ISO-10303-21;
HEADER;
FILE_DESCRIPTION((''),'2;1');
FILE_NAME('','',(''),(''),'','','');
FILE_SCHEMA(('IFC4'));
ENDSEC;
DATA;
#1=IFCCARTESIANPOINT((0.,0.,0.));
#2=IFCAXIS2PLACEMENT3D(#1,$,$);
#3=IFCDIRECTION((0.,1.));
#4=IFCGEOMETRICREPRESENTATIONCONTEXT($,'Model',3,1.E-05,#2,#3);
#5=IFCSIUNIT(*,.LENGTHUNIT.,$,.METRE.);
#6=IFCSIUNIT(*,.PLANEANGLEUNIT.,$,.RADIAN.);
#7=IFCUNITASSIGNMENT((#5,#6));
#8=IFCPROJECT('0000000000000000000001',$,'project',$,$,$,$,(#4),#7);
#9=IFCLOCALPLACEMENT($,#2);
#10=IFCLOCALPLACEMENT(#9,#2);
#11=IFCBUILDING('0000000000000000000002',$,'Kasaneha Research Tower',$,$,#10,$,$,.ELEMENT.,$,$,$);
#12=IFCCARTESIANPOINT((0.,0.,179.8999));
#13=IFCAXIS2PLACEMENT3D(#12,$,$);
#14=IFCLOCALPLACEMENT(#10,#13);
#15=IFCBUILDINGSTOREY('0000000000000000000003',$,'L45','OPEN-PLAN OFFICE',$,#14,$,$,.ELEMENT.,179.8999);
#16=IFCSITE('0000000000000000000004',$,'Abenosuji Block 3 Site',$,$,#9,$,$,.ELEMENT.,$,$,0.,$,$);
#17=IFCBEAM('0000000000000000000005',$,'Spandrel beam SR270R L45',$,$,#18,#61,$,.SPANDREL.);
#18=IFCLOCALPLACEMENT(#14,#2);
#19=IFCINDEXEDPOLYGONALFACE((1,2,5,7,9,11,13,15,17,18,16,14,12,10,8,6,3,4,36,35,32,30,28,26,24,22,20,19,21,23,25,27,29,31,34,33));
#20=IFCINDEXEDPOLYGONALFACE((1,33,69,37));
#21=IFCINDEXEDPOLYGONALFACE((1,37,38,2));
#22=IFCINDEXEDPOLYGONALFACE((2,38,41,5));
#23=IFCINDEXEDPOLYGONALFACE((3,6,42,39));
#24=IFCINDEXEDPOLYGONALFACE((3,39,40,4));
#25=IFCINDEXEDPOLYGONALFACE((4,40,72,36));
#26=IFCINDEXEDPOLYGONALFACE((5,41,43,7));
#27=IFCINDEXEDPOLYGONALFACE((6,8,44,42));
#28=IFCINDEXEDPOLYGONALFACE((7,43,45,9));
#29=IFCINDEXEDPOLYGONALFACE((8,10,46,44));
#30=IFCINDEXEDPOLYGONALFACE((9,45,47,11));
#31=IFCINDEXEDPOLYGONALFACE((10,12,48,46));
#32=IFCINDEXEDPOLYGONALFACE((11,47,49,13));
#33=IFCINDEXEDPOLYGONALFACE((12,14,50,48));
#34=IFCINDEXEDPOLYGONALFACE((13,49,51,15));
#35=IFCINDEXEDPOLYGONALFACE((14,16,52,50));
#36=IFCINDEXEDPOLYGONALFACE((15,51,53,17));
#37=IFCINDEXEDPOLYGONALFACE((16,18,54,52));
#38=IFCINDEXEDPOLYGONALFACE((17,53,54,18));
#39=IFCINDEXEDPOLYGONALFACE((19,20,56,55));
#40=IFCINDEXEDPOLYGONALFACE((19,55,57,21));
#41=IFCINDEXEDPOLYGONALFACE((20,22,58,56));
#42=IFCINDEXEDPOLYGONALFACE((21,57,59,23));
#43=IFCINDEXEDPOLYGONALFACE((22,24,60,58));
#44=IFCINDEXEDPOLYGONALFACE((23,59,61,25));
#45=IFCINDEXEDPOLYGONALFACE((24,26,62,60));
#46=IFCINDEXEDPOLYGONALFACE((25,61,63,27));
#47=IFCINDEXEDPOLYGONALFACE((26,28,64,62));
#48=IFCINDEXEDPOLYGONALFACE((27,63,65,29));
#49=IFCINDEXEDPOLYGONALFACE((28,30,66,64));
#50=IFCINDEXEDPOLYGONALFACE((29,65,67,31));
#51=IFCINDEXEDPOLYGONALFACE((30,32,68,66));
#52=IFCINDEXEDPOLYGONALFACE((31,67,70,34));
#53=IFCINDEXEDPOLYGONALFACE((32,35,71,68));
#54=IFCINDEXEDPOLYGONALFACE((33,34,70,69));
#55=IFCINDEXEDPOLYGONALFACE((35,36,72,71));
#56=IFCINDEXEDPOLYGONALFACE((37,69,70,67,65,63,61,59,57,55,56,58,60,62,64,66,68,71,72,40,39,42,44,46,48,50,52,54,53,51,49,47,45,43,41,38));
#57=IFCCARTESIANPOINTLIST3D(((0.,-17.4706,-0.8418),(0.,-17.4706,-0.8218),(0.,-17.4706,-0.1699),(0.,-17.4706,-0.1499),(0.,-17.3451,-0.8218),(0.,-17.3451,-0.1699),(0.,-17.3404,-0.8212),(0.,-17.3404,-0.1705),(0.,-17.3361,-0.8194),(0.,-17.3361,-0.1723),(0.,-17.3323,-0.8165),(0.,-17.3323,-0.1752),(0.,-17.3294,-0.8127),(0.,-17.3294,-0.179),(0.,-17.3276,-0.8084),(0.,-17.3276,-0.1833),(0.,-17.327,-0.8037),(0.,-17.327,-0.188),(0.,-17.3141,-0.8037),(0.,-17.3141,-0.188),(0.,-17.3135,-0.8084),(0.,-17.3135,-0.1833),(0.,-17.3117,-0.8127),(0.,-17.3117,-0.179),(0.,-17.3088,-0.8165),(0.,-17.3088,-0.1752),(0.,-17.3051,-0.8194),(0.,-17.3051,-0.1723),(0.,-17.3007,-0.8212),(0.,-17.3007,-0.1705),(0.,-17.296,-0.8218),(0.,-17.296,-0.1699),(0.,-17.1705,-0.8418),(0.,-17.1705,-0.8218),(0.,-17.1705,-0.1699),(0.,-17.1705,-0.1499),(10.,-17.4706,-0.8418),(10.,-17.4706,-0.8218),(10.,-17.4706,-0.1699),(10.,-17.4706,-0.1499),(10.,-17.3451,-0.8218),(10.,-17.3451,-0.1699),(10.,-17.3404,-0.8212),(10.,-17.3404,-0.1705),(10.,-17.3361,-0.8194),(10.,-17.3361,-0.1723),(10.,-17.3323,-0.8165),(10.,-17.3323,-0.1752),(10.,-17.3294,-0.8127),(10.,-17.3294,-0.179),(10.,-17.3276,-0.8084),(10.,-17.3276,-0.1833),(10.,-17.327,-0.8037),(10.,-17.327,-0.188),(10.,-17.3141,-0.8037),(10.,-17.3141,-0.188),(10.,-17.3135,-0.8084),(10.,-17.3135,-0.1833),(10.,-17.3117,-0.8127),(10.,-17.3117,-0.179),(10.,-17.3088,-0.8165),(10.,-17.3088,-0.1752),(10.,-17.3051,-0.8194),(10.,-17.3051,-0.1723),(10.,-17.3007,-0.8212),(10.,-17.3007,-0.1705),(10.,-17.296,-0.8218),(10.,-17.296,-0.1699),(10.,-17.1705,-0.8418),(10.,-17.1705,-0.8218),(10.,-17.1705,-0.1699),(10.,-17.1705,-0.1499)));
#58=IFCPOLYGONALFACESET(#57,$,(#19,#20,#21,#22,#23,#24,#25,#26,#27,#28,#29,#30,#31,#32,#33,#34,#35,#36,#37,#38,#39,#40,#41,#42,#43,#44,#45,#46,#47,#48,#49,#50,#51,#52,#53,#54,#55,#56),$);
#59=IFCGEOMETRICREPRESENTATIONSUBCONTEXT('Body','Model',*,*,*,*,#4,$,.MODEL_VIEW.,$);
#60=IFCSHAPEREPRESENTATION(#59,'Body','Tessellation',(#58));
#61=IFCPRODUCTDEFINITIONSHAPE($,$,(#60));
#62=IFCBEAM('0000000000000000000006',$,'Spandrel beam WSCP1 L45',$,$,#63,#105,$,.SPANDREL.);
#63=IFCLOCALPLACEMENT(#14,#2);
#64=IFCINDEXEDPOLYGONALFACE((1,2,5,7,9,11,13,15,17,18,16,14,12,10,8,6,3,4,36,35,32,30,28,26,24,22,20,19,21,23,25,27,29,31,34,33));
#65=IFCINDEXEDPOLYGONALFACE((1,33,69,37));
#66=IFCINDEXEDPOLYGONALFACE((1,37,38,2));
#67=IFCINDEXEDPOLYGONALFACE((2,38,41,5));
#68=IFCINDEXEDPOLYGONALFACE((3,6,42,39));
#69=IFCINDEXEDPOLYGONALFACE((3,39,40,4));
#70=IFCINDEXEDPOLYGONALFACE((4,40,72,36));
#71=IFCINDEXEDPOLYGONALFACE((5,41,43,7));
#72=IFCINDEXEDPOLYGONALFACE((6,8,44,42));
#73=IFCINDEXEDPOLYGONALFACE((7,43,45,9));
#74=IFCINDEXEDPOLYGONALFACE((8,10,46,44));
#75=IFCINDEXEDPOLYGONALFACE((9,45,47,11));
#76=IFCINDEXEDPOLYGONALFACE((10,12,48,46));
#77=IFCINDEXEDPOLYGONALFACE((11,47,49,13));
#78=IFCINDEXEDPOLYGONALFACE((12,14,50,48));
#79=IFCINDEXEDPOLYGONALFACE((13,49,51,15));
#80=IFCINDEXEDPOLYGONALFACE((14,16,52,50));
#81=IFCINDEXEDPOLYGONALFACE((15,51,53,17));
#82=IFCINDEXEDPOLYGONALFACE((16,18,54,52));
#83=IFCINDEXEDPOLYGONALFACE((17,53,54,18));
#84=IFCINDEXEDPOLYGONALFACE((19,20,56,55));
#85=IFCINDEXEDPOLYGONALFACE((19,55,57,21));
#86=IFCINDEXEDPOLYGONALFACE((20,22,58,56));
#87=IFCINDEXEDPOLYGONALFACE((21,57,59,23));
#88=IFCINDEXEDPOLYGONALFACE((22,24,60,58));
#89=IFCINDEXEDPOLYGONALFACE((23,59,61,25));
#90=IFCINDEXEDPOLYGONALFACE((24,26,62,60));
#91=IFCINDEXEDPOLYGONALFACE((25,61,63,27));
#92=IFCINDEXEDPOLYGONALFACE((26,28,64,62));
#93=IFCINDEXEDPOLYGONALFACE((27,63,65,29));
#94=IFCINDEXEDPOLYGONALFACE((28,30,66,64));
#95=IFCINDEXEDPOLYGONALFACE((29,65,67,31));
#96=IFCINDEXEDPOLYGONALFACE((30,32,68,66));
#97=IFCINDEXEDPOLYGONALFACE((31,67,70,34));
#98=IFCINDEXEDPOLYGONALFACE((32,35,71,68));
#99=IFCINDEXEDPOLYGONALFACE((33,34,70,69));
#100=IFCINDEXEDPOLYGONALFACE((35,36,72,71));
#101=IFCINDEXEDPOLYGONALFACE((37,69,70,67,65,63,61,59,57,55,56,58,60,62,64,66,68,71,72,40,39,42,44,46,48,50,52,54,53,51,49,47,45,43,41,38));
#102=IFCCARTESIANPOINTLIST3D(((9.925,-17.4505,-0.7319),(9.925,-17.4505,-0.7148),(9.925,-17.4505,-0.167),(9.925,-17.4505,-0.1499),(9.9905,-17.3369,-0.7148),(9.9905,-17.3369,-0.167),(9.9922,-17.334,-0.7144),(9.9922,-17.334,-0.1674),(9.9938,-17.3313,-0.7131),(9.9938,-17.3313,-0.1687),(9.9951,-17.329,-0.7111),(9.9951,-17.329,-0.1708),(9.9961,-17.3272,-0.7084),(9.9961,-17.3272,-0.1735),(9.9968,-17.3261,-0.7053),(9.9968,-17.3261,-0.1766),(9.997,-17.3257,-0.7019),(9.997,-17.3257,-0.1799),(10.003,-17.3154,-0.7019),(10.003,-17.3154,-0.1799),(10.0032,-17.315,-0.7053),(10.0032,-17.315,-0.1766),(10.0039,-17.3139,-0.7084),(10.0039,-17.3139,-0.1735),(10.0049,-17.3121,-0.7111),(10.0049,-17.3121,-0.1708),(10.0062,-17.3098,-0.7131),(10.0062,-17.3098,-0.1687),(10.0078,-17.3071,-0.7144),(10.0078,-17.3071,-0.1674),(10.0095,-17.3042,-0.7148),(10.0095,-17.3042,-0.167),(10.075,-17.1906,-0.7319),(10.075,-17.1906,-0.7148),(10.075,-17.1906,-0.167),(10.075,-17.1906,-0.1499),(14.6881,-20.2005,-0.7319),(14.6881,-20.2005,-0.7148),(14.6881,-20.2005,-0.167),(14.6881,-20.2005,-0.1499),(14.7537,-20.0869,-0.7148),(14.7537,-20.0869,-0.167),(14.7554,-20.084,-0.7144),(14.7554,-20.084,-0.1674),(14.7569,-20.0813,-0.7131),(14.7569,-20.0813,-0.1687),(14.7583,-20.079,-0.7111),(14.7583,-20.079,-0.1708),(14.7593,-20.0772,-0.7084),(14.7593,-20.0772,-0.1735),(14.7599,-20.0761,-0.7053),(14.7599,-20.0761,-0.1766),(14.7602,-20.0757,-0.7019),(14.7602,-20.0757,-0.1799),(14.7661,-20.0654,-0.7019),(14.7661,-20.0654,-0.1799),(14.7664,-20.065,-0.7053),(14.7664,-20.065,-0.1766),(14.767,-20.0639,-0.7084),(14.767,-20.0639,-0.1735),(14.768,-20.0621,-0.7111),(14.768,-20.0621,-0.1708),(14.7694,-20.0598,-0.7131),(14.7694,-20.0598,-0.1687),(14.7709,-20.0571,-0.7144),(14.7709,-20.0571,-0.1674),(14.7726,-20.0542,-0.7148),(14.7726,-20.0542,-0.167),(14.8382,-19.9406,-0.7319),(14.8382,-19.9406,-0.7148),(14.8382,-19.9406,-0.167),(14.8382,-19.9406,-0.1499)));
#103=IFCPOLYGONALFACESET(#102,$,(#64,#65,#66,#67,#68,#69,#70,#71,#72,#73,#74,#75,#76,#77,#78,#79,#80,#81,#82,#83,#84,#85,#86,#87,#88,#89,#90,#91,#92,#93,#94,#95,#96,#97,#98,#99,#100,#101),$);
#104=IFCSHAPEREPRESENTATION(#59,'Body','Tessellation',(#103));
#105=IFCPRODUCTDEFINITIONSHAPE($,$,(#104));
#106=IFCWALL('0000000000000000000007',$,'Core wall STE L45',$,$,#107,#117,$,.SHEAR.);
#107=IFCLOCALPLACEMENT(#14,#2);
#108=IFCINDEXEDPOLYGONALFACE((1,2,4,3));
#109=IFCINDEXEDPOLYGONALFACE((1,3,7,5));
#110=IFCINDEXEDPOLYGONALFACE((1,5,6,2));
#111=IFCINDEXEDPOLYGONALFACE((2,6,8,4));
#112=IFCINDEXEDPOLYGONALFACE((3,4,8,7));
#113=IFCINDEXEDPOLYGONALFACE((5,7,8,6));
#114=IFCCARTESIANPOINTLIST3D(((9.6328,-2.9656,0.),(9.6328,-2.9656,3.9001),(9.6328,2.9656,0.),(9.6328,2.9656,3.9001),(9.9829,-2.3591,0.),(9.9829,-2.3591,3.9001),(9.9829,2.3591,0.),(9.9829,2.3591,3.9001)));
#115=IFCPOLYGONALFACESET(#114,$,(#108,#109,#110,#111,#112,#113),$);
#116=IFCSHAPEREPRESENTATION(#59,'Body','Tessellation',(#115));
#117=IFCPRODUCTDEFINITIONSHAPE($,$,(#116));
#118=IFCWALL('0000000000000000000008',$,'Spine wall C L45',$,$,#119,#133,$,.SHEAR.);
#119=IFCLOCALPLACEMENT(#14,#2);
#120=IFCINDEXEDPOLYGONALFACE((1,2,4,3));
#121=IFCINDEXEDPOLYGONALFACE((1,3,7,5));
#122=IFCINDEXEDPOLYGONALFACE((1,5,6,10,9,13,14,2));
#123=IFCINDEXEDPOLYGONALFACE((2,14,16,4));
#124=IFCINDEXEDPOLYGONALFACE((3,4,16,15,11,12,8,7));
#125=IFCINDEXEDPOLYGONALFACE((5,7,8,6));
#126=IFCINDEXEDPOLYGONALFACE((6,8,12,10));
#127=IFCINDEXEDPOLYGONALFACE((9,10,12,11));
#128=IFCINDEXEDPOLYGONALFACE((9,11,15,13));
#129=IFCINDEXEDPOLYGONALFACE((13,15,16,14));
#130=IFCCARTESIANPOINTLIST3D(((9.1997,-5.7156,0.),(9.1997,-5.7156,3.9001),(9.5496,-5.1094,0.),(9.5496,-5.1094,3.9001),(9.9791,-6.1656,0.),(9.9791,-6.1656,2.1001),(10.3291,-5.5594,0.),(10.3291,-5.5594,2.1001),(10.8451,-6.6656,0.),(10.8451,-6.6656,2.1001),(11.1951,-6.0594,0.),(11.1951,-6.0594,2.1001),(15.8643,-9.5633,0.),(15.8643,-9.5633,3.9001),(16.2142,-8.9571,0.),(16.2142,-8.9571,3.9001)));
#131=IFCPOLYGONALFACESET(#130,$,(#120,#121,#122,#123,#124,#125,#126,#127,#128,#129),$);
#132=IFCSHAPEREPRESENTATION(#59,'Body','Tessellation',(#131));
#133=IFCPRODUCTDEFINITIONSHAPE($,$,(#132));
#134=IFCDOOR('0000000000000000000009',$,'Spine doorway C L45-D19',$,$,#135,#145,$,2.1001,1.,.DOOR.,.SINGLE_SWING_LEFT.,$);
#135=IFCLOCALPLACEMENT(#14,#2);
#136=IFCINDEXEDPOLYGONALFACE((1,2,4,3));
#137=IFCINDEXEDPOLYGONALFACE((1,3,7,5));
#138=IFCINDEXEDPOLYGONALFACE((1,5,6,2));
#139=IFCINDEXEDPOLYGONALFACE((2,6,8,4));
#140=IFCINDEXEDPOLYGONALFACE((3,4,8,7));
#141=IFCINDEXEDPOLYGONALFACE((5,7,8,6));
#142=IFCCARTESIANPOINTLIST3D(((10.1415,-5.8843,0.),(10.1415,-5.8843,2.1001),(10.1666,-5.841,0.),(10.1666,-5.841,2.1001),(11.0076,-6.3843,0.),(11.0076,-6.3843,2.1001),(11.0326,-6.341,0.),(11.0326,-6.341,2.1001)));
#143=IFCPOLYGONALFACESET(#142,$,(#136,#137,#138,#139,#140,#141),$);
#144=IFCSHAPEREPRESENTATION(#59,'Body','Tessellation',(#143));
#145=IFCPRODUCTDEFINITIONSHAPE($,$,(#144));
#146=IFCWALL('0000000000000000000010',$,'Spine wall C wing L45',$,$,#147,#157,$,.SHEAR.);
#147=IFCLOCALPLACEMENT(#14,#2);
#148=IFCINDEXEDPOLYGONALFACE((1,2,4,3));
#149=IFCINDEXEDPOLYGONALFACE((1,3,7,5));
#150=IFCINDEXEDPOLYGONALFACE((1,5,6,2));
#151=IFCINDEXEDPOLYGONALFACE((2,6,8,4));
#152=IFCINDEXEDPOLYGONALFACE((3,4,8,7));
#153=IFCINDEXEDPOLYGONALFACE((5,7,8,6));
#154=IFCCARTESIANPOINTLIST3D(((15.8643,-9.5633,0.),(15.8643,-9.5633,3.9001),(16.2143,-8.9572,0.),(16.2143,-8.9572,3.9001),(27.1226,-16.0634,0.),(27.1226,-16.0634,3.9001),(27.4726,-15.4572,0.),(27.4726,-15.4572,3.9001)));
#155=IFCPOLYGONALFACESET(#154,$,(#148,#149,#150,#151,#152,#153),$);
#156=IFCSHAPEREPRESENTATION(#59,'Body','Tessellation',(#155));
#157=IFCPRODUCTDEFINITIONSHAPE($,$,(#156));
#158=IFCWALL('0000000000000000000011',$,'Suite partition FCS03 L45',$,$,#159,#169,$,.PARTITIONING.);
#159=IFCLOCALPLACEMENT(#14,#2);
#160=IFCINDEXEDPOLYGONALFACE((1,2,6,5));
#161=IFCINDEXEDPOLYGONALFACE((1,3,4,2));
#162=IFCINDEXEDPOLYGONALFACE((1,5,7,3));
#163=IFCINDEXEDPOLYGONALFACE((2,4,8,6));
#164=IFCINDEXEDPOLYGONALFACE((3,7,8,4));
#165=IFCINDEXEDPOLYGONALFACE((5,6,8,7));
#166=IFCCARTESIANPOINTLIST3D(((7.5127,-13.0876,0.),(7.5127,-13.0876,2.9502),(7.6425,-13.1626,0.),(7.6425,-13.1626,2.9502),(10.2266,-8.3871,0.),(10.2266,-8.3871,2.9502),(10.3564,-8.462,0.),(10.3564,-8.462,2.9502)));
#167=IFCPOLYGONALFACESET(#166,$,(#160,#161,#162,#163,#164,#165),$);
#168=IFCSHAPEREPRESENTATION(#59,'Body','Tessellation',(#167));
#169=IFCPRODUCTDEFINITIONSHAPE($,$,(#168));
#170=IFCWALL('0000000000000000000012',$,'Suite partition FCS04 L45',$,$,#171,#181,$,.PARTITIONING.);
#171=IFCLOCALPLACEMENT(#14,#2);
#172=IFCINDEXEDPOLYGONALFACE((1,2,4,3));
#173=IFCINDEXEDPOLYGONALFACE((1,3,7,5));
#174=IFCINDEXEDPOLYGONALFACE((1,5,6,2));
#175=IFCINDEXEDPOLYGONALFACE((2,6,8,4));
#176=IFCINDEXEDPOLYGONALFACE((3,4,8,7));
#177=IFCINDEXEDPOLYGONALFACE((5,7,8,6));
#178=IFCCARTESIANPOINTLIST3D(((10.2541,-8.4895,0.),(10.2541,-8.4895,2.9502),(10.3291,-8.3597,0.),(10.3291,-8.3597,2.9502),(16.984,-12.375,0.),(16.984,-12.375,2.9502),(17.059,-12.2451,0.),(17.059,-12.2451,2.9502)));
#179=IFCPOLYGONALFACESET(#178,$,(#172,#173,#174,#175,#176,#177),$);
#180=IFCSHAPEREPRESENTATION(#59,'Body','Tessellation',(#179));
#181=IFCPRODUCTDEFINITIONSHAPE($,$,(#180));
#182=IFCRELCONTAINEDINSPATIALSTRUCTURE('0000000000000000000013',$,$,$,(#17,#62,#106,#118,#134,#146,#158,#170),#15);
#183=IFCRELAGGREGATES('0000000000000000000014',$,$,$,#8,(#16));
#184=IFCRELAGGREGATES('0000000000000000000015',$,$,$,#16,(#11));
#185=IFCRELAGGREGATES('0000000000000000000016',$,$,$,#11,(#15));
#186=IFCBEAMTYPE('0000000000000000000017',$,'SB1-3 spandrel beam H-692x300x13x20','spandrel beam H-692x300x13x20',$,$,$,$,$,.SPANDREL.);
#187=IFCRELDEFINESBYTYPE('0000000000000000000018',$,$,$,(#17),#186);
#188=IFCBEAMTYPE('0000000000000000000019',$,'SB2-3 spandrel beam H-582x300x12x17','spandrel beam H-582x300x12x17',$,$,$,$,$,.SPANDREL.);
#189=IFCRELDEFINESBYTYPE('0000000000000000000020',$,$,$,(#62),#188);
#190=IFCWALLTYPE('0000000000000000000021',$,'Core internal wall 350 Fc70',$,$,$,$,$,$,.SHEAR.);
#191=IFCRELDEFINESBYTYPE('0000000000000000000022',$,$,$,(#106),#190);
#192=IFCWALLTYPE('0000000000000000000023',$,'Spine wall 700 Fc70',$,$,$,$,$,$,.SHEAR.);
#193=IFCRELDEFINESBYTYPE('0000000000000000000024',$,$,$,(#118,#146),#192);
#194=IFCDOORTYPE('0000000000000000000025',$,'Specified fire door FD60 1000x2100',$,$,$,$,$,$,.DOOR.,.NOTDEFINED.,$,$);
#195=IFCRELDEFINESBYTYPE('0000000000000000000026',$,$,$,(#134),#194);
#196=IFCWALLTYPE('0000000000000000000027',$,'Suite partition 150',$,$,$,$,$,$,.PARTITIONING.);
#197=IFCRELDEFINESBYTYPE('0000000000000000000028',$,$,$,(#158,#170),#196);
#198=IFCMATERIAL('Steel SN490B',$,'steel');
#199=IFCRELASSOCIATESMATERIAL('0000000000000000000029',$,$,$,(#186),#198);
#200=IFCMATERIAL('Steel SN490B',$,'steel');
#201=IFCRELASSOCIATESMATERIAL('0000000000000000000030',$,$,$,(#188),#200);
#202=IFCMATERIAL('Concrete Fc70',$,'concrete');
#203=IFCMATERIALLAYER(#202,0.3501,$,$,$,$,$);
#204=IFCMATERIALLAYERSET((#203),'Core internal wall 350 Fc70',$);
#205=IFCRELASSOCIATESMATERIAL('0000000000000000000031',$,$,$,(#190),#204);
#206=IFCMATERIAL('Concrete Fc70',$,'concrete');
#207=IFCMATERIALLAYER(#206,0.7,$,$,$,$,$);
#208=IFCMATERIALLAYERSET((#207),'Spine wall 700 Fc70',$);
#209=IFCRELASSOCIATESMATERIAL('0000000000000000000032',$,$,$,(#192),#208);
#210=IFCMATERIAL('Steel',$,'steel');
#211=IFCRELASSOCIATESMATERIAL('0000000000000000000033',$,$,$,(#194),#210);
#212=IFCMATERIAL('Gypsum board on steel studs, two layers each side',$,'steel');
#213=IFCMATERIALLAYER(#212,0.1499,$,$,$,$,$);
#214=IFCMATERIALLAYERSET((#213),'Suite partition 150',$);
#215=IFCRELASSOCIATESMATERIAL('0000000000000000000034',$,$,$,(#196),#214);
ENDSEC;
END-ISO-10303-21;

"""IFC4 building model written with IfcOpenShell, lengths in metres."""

from ifc_helpers import new_model, si_unit, direction, frame, frame_2d, origin, origin_2d, place, context, subcontext, project, spatial, polyline, rectangle, i_section, outline, extrude, material, layer, layer_set, material_profile, profile_set, type_object, element, fill, save


model = new_model("IFC4")

# Units and contexts
model_context = context("Model", 3, precision=1e-05, world=origin(), true_north=direction((0.0, 1.0)))
body_context = subcontext(model_context, "Body", "Model", "MODEL_VIEW")
ifc_project = project(units=[si_unit("LENGTHUNIT", "METRE"), si_unit("PLANEANGLEUNIT", "RADIAN")], contexts=[model_context])

# Site, building, storey
site_placement = place(None, origin())
site = spatial("IfcSite", under=ifc_project, at=site_placement, Name="Abenosuji Block 3 Site", CompositionType="ELEMENT", RefElevation=0.0)
building_placement = place(site_placement, origin())
building = spatial("IfcBuilding", under=site, at=building_placement, Name="Kasaneha Research Tower", CompositionType="ELEMENT")
storey_placement = place(building_placement, frame((0.0, 0.0, 179.8999)))
storey = spatial("IfcBuildingStorey", under=building, at=storey_placement, Name="L45", Description="OPEN-PLAN OFFICE", CompositionType="ELEMENT", Elevation=179.8999)

# Beams
ifc_material_1 = material(Name="Steel SN490B", Category="steel")
ifc_material_profile_1 = material_profile(ifc_material_1, i_section(OverallWidth=0.3, OverallDepth=0.6919, WebThickness=0.0129, FlangeThickness=0.02, FilletRadius=0.0181, at=origin_2d()), Name="H-692x300x13x20")
ifc_profile_set_1 = profile_set([ifc_material_profile_1], Name="Steel SN490B")
beam_type_1 = type_object("IfcBeamType", Name="SB1-3 spandrel beam H-692x300x13x20", Description="spandrel beam H-692x300x13x20", PredefinedType="SPANDREL", material=ifc_profile_set_1)
beam_1_placement = place(storey_placement, frame((10.0, -17.3206, -0.4958), z_axis=(-1.0, 0.0, 0.0), x_axis=(0.0, -1.0, 0.0)))
element("IfcBeam", 1, at=beam_1_placement, inside=storey, type_object=beam_type_1, Name="Spandrel beam SR270R L45", PredefinedType="SPANDREL", context=body_context, shape_type="SweptSolid", body=[
    extrude(i_section(OverallWidth=0.3, OverallDepth=0.6919, WebThickness=0.0129, FlangeThickness=0.02, FilletRadius=0.0181, at=origin_2d()), origin(), (0.0, 0.0, 1.0), 10.0),
])
ifc_material_2 = material(Name="Steel SN490B", Category="steel")
ifc_material_profile_2 = material_profile(ifc_material_2, i_section(OverallWidth=0.3, OverallDepth=0.582, WebThickness=0.012, FlangeThickness=0.0171, FilletRadius=0.0129, at=origin_2d()), Name="H-582x300x12x17")
ifc_profile_set_2 = profile_set([ifc_material_profile_2], Name="Steel SN490B")
beam_type_2 = type_object("IfcBeamType", Name="SB2-3 spandrel beam H-582x300x12x17", Description="spandrel beam H-582x300x12x17", PredefinedType="SPANDREL", material=ifc_profile_set_2)
beam_2_placement = place(storey_placement, frame((10.0, -17.3206, -0.4409), z_axis=(0.866027, -0.499997, 0.0), x_axis=(0.499997, 0.866027, 0.0)))
element("IfcBeam", 2, at=beam_2_placement, inside=storey, type_object=beam_type_2, Name="Spandrel beam WSCP1 L45", PredefinedType="SPANDREL", context=body_context, shape_type="SweptSolid", body=[
    extrude(i_section(OverallWidth=0.3, OverallDepth=0.582, WebThickness=0.012, FlangeThickness=0.0171, FilletRadius=0.0129, at=origin_2d()), origin(), (0.0, 0.0, 1.0), 5.5),
])

# Wall
ifc_material_3 = material(Name="Concrete Fc70", Category="concrete")
ifc_layer_1 = layer(ifc_material_3, 0.3501)
ifc_layer_set_1 = layer_set([ifc_layer_1], Name="Core internal wall 350 Fc70")
wall_type_1 = type_object("IfcWallType", Name="Core internal wall 350 Fc70", PredefinedType="SHEAR", material=ifc_layer_set_1)
wall_1_placement = place(storey_placement, frame((9.8079, -2.6624, 0.0), z_axis=(0.0, 0.0, 1.0), x_axis=(0.0, 1.0, 0.0)))
element("IfcWall", 3, at=wall_1_placement, inside=storey, type_object=wall_type_1, Name="Core wall STE L45", PredefinedType="SHEAR", context=body_context, shape_type="SweptSolid", body=[
    extrude(outline(polyline([(0.3032, -0.175), (5.0215, -0.175), (5.6279, 0.175), (-0.3032, 0.175), (0.3032, -0.175)])), origin(), (0.0, 0.0, 1.0), 3.9001),
])

# Wall, opening, door
ifc_material_4 = material(Name="Concrete Fc70", Category="concrete")
ifc_layer_2 = layer(ifc_material_4, 0.7)
ifc_layer_set_2 = layer_set([ifc_layer_2], Name="Spine wall 700 Fc70")
wall_type_2 = type_object("IfcWallType", Name="Spine wall 700 Fc70", PredefinedType="SHEAR", material=ifc_layer_set_2)
wall_2_placement = place(storey_placement, frame((9.3748, -5.4126, 0.0), z_axis=(0.0, 0.0, 1.0), x_axis=(0.866032, -0.499988, 0.0)))
wall_2 = element("IfcWall", 4, at=wall_2_placement, inside=storey, type_object=wall_type_2, Name="Spine wall C L45", PredefinedType="SHEAR", context=body_context, shape_type="SweptSolid", body=[
    extrude(rectangle(XDim=7.6956, YDim=0.7, at=frame_2d((3.8477, 0.0))), origin(), (0.0, 0.0, 1.0), 3.9001),
])
opening_placement = place(wall_2_placement, frame((0.8999, 0.0, 0.0)))
opening = element("IfcOpeningElement", 5, at=opening_placement, cuts=wall_2, PredefinedType="OPENING", context=body_context, shape_type="SweptSolid", body=[
    extrude(rectangle(XDim=1.0, YDim=2.1001, at=frame_2d((0.5, 1.05))), frame((0.0, 0.3599, 0.0), z_axis=(0.0, -1.0, 0.0), x_axis=(1.0, 0.0, 0.0)), (0.0, 0.0, 1.0), 0.72),
])
ifc_material_5 = material(Name="Steel", Category="steel")
door_type = type_object("IfcDoorType", Name="Specified fire door FD60 1000x2100", OperationType="NOTDEFINED", PredefinedType="DOOR", material=ifc_material_5)
door_placement = place(opening_placement, origin())
door = element("IfcDoor", 6, at=door_placement, inside=storey, type_object=door_type, Name="Spine doorway C L45-D19", OperationType="SINGLE_SWING_LEFT", OverallHeight=2.1001, OverallWidth=1.0, PredefinedType="DOOR", context=body_context, shape_type="SweptSolid", body=[
    extrude(rectangle(XDim=1.0, YDim=2.1001, at=frame_2d((0.5, 1.05))), frame((0.0, 0.0249, 0.0), z_axis=(0.0, -1.0, 0.0), x_axis=(1.0, 0.0, 0.0)), (0.0, 0.0, 1.0), 0.05),
])
fill(opening, door)

# Walls
wall_3_placement = place(storey_placement, frame((16.0393, -9.2603, 0.0), z_axis=(0.0, 0.0, 1.0), x_axis=(0.866025, -0.500001, 0.0)))
element("IfcWall", 7, at=wall_3_placement, inside=storey, type_object=wall_type_2, Name="Spine wall C wing L45", PredefinedType="SHEAR", context=body_context, shape_type="SweptSolid", body=[
    extrude(rectangle(XDim=13.0, YDim=0.7, at=frame_2d((6.5, 0.0))), origin(), (0.0, 0.0, 1.0), 3.9001),
])
ifc_material_6 = material(Name="Gypsum board on steel studs, two layers each side", Category="steel")
ifc_layer_3 = layer(ifc_material_6, 0.1499)
ifc_layer_set_3 = layer_set([ifc_layer_3], Name="Suite partition 150")
wall_type_3 = type_object("IfcWallType", Name="Suite partition 150", PredefinedType="PARTITIONING", material=ifc_layer_set_3)
wall_4_placement = place(storey_placement, frame((10.2915, -8.4246, 0.0), z_axis=(0.0, 0.0, 1.0), x_axis=(-0.500009, -0.86602, 0.0)))
element("IfcWall", 8, at=wall_4_placement, inside=storey, type_object=wall_type_3, Name="Suite partition FCS03 L45", PredefinedType="PARTITIONING", context=body_context, shape_type="SweptSolid", body=[
    extrude(rectangle(XDim=5.4277, YDim=0.1499, at=frame_2d((2.7139, 0.0))), origin(), (0.0, 0.0, 1.0), 2.9502),
])
wall_5_placement = place(storey_placement, frame((17.0215, -12.3101, 0.0), z_axis=(0.0, 0.0, 1.0), x_axis=(-0.866029, 0.499994, 0.0)))
element("IfcWall", 9, at=wall_5_placement, inside=storey, type_object=wall_type_3, Name="Suite partition FCS04 L45", PredefinedType="PARTITIONING", context=body_context, shape_type="SweptSolid", body=[
    extrude(rectangle(XDim=7.771, YDim=0.1499, at=frame_2d((3.8855, 0.0))), origin(), (0.0, 0.0, 1.0), 2.9502),
])

save(model, "model.ifc")
